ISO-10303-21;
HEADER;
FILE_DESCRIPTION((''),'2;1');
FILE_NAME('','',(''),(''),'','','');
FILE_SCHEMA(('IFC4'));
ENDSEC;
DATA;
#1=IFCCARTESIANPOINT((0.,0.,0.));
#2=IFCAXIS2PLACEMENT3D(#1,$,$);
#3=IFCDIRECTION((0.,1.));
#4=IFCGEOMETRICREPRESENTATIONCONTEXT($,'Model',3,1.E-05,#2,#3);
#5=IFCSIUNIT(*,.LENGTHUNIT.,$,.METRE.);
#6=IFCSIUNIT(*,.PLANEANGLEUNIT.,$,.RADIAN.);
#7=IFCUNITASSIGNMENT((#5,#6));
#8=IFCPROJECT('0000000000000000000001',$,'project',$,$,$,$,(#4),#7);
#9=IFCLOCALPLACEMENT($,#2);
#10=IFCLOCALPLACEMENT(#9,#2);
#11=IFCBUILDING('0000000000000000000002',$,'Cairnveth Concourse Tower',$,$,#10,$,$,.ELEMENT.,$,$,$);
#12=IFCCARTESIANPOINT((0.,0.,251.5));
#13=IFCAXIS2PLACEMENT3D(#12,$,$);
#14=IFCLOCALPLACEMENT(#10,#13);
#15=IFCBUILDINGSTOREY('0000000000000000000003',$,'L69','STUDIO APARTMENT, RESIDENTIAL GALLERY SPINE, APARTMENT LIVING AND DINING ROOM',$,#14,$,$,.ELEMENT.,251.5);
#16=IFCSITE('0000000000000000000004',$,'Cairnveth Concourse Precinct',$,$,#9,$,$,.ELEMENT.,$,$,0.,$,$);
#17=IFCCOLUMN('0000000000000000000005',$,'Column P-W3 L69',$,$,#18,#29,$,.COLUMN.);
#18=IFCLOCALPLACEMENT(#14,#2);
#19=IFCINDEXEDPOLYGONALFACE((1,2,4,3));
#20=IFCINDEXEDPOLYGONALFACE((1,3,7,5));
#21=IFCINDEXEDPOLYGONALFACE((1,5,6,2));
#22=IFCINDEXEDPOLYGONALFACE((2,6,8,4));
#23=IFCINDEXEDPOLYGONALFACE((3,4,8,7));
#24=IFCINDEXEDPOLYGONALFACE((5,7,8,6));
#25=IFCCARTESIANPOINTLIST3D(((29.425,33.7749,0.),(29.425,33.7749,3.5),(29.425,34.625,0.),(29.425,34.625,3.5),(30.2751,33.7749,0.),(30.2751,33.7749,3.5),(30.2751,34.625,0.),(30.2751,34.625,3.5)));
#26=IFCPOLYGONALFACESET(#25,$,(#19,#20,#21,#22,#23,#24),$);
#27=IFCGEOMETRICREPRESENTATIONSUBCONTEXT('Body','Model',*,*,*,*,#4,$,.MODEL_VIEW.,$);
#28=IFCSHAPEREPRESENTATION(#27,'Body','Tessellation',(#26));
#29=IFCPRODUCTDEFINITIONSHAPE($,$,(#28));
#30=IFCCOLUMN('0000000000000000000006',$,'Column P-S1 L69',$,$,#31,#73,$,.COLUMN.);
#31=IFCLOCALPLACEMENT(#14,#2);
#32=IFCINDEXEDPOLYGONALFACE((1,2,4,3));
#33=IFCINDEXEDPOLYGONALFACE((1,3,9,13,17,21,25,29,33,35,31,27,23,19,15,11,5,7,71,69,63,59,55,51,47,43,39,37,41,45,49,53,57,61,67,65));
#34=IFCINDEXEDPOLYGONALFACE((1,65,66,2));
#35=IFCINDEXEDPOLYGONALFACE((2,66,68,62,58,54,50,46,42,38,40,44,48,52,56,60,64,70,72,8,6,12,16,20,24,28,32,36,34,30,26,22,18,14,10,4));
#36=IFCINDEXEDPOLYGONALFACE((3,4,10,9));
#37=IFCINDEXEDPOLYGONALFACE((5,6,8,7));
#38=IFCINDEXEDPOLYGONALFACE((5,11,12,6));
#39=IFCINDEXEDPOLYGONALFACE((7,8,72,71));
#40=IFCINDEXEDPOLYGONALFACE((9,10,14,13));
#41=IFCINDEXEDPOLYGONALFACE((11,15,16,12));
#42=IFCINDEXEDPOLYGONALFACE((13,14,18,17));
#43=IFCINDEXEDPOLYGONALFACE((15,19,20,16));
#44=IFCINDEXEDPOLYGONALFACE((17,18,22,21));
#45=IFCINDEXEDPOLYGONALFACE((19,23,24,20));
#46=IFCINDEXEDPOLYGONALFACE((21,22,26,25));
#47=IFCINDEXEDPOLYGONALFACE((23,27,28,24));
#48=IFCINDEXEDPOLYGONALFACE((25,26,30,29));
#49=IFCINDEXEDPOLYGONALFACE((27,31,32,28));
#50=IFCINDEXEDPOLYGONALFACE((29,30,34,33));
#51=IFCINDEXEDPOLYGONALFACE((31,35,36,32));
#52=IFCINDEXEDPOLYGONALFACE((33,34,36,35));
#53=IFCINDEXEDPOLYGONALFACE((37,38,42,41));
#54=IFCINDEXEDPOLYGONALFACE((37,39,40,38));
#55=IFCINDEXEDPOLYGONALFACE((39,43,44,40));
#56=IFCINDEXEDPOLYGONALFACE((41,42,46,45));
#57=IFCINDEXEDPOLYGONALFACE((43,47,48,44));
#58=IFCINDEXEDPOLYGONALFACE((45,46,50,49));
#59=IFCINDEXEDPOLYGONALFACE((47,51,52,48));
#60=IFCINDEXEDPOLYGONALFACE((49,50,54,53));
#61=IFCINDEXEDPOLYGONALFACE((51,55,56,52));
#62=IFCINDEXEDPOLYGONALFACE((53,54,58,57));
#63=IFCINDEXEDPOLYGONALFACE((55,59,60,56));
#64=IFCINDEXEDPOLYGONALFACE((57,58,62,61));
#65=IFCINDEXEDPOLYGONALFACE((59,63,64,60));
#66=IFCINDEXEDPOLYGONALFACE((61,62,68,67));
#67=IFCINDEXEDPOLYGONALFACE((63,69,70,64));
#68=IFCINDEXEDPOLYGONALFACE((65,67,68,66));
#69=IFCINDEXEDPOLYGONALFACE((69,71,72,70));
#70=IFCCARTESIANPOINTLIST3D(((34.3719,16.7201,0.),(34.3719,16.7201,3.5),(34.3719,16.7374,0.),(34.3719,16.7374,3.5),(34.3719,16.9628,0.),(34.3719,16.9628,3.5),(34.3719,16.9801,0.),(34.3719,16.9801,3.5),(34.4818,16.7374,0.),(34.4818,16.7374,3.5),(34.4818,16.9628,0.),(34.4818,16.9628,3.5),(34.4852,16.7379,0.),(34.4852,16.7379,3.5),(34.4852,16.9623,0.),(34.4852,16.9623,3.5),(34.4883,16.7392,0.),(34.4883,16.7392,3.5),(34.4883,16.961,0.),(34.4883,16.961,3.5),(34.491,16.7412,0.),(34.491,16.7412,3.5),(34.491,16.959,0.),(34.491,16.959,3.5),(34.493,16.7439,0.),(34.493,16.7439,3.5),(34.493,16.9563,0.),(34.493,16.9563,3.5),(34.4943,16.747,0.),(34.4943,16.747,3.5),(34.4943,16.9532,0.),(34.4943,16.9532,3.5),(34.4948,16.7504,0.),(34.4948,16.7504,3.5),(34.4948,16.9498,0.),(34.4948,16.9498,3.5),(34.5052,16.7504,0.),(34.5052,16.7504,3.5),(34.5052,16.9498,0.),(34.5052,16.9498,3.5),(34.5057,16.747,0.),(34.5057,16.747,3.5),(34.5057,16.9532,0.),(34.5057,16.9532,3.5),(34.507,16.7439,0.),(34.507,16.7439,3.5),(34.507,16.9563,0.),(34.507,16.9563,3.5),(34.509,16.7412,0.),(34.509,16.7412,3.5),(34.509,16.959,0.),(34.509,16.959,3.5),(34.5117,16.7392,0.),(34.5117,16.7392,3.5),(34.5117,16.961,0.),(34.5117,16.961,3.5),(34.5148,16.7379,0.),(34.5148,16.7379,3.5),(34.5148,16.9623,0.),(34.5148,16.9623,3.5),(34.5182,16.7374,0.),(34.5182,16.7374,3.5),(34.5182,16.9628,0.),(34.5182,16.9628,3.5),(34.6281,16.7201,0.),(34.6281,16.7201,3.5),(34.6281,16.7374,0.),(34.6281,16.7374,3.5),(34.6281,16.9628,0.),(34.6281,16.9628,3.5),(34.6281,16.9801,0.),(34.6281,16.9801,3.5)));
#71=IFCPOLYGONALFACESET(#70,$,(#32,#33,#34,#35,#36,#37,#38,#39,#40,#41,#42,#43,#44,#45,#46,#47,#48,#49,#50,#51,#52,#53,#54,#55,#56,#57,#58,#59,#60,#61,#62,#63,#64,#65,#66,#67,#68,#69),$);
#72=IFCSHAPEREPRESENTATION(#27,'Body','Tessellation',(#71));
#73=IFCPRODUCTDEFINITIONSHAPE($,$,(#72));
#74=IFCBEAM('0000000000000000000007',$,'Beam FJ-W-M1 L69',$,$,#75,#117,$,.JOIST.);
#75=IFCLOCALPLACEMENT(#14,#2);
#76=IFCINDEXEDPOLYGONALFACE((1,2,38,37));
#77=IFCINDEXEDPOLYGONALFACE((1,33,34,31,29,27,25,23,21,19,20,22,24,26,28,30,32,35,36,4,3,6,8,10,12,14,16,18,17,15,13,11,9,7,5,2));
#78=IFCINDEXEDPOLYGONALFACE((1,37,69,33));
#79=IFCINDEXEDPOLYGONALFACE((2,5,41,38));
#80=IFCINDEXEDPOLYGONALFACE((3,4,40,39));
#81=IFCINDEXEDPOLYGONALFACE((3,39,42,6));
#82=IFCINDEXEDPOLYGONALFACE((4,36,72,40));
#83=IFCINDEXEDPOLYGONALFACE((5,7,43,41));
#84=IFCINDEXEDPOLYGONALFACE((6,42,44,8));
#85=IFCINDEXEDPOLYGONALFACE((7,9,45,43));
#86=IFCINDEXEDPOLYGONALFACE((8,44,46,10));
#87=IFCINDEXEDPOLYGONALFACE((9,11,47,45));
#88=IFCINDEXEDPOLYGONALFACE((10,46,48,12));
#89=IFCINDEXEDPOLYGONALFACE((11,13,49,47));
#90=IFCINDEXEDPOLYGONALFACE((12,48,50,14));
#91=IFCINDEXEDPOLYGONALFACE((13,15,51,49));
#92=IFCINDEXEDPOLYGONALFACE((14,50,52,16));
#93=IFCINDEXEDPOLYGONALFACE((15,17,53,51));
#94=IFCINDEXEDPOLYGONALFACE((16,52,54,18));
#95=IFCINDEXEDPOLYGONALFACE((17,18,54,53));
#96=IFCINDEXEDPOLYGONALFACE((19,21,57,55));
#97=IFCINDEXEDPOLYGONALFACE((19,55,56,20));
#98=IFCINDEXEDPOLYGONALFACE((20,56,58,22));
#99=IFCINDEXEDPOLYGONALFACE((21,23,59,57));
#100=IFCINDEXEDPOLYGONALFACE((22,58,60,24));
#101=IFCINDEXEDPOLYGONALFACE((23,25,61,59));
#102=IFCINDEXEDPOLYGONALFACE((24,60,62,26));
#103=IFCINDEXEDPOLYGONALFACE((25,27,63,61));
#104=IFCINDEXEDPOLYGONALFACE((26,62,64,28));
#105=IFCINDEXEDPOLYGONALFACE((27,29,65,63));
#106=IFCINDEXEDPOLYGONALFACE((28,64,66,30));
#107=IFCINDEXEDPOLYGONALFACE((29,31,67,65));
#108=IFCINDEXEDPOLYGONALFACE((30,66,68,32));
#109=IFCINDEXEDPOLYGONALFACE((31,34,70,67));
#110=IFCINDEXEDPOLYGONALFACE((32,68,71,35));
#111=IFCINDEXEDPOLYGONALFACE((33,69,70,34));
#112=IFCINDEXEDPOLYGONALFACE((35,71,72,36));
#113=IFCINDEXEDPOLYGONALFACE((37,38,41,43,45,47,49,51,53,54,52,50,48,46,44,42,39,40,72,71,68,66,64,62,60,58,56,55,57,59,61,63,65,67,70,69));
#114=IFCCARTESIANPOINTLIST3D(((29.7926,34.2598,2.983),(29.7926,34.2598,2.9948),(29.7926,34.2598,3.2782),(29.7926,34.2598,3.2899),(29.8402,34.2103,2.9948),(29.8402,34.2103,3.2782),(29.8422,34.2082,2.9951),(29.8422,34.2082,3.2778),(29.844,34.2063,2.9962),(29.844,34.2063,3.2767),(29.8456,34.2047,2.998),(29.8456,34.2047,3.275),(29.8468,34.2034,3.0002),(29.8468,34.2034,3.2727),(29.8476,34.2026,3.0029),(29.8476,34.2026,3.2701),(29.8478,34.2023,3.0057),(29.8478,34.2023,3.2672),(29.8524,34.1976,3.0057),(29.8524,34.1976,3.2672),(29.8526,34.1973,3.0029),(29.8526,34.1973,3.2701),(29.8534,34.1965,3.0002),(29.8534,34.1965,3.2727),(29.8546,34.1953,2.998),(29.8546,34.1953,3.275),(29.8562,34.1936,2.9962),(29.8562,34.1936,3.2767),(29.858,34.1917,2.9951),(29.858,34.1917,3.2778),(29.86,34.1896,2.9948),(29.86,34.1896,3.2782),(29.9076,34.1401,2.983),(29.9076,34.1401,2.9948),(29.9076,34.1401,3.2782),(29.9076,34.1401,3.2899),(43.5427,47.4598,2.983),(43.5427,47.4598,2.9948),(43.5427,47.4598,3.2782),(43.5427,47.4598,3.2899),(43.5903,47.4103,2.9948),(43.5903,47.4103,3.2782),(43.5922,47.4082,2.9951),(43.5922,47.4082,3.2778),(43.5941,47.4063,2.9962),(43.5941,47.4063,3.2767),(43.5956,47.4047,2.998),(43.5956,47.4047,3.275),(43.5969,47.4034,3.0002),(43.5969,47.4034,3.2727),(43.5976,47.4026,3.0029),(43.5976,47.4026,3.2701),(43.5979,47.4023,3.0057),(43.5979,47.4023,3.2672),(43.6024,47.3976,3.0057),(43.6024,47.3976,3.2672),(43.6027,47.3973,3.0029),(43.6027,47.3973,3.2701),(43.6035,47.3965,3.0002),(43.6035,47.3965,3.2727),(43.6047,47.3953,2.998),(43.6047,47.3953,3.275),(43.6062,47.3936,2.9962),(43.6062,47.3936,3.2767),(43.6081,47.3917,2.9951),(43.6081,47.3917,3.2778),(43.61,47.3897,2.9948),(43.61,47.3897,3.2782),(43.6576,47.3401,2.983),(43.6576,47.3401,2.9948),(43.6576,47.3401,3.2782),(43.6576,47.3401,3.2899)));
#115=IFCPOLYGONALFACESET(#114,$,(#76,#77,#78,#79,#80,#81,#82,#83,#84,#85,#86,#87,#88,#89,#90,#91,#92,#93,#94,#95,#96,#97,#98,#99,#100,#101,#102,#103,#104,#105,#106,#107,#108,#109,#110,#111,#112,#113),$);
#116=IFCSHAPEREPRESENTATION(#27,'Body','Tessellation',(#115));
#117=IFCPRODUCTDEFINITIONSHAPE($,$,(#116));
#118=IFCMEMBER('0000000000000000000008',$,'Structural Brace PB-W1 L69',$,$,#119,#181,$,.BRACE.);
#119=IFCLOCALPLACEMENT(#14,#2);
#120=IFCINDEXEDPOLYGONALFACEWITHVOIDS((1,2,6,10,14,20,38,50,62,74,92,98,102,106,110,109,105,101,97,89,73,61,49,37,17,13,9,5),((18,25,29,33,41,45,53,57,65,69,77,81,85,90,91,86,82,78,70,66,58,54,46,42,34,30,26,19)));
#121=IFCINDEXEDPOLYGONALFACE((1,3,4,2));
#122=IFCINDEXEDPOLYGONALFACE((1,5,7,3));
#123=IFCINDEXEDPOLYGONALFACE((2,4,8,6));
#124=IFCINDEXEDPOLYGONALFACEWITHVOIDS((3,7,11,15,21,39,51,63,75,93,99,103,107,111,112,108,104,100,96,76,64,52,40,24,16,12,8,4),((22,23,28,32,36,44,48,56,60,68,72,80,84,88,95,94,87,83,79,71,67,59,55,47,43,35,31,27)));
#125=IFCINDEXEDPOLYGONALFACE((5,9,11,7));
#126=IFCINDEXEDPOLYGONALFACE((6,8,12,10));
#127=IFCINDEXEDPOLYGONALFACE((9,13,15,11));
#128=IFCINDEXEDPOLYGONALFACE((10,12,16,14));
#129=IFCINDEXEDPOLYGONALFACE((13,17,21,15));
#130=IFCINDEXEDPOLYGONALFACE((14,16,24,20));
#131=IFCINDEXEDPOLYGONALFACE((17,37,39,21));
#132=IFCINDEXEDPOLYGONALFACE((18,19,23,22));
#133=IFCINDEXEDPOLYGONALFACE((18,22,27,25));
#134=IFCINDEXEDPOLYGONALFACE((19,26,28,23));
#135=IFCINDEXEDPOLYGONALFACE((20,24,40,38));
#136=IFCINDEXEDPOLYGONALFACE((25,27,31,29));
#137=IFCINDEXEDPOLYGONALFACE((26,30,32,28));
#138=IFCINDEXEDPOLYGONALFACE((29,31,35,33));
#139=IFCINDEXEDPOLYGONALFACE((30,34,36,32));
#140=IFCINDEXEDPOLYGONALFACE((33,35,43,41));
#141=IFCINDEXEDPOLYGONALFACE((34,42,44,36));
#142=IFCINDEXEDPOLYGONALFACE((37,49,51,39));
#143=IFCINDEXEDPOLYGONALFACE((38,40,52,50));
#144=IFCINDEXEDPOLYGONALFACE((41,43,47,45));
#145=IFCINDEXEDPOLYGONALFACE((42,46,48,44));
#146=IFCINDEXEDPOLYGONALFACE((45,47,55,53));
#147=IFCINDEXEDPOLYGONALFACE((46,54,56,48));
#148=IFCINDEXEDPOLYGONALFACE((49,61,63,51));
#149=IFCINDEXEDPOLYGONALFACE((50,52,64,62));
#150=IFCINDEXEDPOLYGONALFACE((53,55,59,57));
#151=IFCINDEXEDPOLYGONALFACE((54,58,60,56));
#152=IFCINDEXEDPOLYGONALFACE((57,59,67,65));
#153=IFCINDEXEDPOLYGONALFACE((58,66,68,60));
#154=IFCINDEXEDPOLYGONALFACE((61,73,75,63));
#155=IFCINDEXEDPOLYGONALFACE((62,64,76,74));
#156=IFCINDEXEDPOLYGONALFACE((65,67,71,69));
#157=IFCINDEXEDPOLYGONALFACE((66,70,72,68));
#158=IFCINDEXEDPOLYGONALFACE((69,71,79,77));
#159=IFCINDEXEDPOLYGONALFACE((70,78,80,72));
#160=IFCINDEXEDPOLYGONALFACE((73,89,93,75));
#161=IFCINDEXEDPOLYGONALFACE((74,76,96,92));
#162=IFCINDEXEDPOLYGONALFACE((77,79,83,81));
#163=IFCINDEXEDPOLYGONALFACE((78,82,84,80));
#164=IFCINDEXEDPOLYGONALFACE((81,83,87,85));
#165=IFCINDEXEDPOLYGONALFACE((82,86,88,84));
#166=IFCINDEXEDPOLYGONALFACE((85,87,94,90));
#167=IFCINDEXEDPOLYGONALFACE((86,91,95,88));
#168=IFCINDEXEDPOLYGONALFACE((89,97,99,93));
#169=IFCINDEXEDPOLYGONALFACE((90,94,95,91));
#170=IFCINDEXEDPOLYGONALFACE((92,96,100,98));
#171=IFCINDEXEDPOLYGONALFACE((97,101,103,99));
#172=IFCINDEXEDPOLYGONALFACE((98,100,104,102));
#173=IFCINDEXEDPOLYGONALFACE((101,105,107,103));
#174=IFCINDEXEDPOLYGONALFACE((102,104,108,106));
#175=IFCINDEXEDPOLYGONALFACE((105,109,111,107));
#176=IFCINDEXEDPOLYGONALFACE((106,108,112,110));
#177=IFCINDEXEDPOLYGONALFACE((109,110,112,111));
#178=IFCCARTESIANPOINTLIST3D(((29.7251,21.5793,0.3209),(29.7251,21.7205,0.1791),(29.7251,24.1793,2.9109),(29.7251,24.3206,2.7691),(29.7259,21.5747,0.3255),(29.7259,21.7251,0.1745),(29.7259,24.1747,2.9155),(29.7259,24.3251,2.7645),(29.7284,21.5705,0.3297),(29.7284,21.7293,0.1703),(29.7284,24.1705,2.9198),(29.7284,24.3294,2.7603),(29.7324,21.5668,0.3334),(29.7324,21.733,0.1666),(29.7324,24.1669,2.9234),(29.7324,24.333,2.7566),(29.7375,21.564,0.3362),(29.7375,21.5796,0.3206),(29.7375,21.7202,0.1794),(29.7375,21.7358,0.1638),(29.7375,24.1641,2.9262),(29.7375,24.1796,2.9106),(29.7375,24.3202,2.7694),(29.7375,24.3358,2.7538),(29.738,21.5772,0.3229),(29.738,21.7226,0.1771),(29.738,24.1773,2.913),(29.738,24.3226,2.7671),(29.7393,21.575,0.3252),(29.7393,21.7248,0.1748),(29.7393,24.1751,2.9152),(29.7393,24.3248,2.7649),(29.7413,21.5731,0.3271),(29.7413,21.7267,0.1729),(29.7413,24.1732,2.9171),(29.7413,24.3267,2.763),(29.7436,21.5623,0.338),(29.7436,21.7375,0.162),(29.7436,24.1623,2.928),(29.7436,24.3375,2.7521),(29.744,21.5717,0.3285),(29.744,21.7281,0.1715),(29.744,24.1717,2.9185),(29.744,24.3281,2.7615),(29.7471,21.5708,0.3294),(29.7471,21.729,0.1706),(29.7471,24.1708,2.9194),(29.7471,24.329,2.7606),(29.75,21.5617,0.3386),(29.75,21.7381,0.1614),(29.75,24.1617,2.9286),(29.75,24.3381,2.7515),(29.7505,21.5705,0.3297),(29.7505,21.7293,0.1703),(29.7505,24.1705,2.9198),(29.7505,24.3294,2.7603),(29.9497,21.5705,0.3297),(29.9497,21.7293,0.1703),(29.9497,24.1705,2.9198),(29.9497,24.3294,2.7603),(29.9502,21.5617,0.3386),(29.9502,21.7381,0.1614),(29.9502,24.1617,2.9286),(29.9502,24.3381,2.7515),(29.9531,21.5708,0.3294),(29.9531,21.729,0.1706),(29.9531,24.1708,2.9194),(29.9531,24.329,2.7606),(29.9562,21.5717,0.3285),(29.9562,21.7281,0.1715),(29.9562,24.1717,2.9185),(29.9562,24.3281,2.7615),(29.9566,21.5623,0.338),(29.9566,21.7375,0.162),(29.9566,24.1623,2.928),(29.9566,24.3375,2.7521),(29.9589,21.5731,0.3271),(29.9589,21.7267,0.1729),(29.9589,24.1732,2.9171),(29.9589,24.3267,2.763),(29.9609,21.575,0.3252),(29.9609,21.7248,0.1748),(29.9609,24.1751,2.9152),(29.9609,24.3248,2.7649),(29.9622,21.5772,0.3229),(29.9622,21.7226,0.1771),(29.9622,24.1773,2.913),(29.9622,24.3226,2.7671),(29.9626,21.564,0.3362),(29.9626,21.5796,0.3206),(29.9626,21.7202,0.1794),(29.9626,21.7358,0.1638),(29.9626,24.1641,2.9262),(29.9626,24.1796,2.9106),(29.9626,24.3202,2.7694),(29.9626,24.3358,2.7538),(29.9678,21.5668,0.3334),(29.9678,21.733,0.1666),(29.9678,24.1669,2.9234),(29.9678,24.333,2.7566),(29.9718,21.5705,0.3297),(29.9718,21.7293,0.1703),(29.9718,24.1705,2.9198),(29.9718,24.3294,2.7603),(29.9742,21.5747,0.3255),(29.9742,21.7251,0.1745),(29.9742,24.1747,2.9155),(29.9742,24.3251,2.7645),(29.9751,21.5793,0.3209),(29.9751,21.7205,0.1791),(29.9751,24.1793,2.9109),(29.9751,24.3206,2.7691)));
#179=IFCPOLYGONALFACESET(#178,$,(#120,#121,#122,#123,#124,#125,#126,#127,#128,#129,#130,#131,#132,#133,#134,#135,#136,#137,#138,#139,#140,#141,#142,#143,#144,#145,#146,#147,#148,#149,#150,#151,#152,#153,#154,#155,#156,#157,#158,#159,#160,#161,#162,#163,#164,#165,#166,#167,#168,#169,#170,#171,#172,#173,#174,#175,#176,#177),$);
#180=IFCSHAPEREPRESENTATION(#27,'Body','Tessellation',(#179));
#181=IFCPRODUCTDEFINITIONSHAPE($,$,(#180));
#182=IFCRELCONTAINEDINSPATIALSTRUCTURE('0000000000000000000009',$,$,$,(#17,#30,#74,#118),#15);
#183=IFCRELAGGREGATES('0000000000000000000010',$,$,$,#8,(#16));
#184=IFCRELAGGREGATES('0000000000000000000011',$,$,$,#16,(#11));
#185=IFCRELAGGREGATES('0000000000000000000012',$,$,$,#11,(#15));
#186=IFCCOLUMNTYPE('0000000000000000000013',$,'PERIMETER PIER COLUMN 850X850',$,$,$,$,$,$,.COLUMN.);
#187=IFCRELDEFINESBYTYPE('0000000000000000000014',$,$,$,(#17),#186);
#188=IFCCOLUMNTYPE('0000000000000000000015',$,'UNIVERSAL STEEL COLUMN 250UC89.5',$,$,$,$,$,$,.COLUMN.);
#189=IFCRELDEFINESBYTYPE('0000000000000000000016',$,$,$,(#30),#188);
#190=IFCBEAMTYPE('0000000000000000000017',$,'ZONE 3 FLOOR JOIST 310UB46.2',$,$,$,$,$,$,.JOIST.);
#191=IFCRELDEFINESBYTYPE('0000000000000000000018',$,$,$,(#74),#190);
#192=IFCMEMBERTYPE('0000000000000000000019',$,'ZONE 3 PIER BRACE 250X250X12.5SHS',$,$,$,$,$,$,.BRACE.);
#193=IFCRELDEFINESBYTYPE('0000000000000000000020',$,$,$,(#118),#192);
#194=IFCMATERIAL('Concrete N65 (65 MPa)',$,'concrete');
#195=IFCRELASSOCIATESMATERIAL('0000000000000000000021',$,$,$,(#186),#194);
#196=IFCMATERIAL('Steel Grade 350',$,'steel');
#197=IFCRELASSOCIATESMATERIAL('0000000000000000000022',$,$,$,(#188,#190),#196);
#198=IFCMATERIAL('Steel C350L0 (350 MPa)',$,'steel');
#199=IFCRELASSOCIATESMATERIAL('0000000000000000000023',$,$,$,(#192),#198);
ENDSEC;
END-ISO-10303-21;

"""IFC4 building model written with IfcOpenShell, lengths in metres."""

from ifc_helpers import new_model, si_unit, direction, frame, origin, origin_2d, place, context, subcontext, project, spatial, rectangle, hollow_rectangle, i_section, extrude, material, material_profile, profile_set, type_object, element, save


model = new_model("IFC4")

# Units and contexts
model_context = context("Model", 3, precision=1e-05, world=origin(), true_north=direction((0.0, 1.0)))
body_context = subcontext(model_context, "Body", "Model", "MODEL_VIEW")
ifc_project = project(units=[si_unit("LENGTHUNIT", "METRE"), si_unit("PLANEANGLEUNIT", "RADIAN")], contexts=[model_context])

# Site, building, storey
site_placement = place(None, origin())
site = spatial("IfcSite", under=ifc_project, at=site_placement, Name="Cairnveth Concourse Precinct", CompositionType="ELEMENT", RefElevation=0.0)
building_placement = place(site_placement, origin())
building = spatial("IfcBuilding", under=site, at=building_placement, Name="Cairnveth Concourse Tower", CompositionType="ELEMENT")
storey_placement = place(building_placement, frame((0.0, 0.0, 251.5)))
storey = spatial("IfcBuildingStorey", under=building, at=storey_placement, Name="L69", Description="STUDIO APARTMENT, RESIDENTIAL GALLERY SPINE, APARTMENT LIVING AND DINING ROOM", CompositionType="ELEMENT", Elevation=251.5)

# Columns
ifc_material_1 = material(Name="Concrete N65 (65 MPa)", Category="concrete")
ifc_material_profile_1 = material_profile(ifc_material_1, rectangle(XDim=0.8501, YDim=0.8501, at=origin_2d()), Name="RC-COL-850x850")
ifc_profile_set_1 = profile_set([ifc_material_profile_1], Name="Concrete N65 (65 MPa)")
column_type_1 = type_object("IfcColumnType", Name="PERIMETER PIER COLUMN 850X850", PredefinedType="COLUMN", material=ifc_profile_set_1)
column_1_placement = place(storey_placement, frame((29.8501, 34.2, 0.0), z_axis=(0.0, 0.0, 1.0), x_axis=(0.0, 1.0, 0.0)))
element("IfcColumn", 1, at=column_1_placement, inside=storey, type_object=column_type_1, Name="Column P-W3 L69", PredefinedType="COLUMN", context=body_context, shape_type="SweptSolid", body=[
    extrude(rectangle(XDim=0.8501, YDim=0.8501, at=origin_2d()), origin(), (0.0, 0.0, 1.0), 3.5),
])
ifc_material_2 = material(Name="Steel Grade 350", Category="steel")
ifc_material_profile_2 = material_profile(ifc_material_2, i_section(OverallWidth=0.2561, OverallDepth=0.26, WebThickness=0.0105, FlangeThickness=0.0173, FilletRadius=0.0129, at=origin_2d()), Name="250UC89.5")
ifc_profile_set_2 = profile_set([ifc_material_profile_2], Name="Steel Grade 350")
column_type_2 = type_object("IfcColumnType", Name="UNIVERSAL STEEL COLUMN 250UC89.5", PredefinedType="COLUMN", material=ifc_profile_set_2)
column_2_placement = place(storey_placement, frame((34.5, 16.8501, 0.0), z_axis=(0.0, 0.0, 1.0), x_axis=(1.0, 0.0, 0.0)))
element("IfcColumn", 2, at=column_2_placement, inside=storey, type_object=column_type_2, Name="Column P-S1 L69", PredefinedType="COLUMN", context=body_context, shape_type="SweptSolid", body=[
    extrude(i_section(OverallWidth=0.2561, OverallDepth=0.26, WebThickness=0.0105, FlangeThickness=0.0173, FilletRadius=0.0129, at=origin_2d()), origin(), (0.0, 0.0, 1.0), 3.5),
])

# Beam
ifc_material_profile_3 = material_profile(ifc_material_2, i_section(OverallWidth=0.166, OverallDepth=0.3069, WebThickness=0.0066, FlangeThickness=0.0117, FilletRadius=0.011, at=origin_2d()), Name="310UB46.2")
ifc_profile_set_3 = profile_set([ifc_material_profile_3], Name="Steel Grade 350")
beam_type_1 = type_object("IfcBeamType", Name="ZONE 3 FLOOR JOIST 310UB46.2", PredefinedType="JOIST", material=ifc_profile_set_3)
beam_1_placement = place(storey_placement, frame((29.8501, 34.2, 3.1365), z_axis=(0.721389, 0.69253, 0.0), x_axis=(-0.69253, 0.721389, 0.0)))
element("IfcBeam", 3, at=beam_1_placement, inside=storey, type_object=beam_type_1, Name="Beam FJ-W-M1 L69", PredefinedType="JOIST", context=body_context, shape_type="SweptSolid", body=[
    extrude(i_section(OverallWidth=0.166, OverallDepth=0.3069, WebThickness=0.0066, FlangeThickness=0.0117, FilletRadius=0.011, at=origin_2d()), origin(), (0.0, 0.0, 1.0), 19.0605),
])

# Member
ifc_material_3 = material(Name="Steel C350L0 (350 MPa)", Category="steel")
ifc_material_profile_4 = material_profile(ifc_material_3, hollow_rectangle(XDim=0.25, YDim=0.25, WallThickness=0.0125, InnerFilletRadius=0.0129, OuterFilletRadius=0.0249, at=origin_2d()), Name="250x250x12.5SHS")
ifc_profile_set_4 = profile_set([ifc_material_profile_4], Name="Steel C350L0 (350 MPa)")
member_type = type_object("IfcMemberType", Name="ZONE 3 PIER BRACE 250X250X12.5SHS", PredefinedType="BRACE", material=ifc_profile_set_4)
member_placement = place(storey_placement, frame((29.8501, 21.6499, 0.25), z_axis=(0.0, 0.708469, 0.705742), x_axis=(-1.0, 0.0, 0.0)))
element("IfcMember", 4, at=member_placement, inside=storey, type_object=member_type, Name="Structural Brace PB-W1 L69", PredefinedType="BRACE", context=body_context, shape_type="SweptSolid", body=[
    extrude(hollow_rectangle(XDim=0.25, YDim=0.25, WallThickness=0.0125, InnerFilletRadius=0.0129, OuterFilletRadius=0.0249, at=origin_2d()), origin(), (0.0, 0.0, 1.0), 3.6699),
])

save(model, "model.ifc")
